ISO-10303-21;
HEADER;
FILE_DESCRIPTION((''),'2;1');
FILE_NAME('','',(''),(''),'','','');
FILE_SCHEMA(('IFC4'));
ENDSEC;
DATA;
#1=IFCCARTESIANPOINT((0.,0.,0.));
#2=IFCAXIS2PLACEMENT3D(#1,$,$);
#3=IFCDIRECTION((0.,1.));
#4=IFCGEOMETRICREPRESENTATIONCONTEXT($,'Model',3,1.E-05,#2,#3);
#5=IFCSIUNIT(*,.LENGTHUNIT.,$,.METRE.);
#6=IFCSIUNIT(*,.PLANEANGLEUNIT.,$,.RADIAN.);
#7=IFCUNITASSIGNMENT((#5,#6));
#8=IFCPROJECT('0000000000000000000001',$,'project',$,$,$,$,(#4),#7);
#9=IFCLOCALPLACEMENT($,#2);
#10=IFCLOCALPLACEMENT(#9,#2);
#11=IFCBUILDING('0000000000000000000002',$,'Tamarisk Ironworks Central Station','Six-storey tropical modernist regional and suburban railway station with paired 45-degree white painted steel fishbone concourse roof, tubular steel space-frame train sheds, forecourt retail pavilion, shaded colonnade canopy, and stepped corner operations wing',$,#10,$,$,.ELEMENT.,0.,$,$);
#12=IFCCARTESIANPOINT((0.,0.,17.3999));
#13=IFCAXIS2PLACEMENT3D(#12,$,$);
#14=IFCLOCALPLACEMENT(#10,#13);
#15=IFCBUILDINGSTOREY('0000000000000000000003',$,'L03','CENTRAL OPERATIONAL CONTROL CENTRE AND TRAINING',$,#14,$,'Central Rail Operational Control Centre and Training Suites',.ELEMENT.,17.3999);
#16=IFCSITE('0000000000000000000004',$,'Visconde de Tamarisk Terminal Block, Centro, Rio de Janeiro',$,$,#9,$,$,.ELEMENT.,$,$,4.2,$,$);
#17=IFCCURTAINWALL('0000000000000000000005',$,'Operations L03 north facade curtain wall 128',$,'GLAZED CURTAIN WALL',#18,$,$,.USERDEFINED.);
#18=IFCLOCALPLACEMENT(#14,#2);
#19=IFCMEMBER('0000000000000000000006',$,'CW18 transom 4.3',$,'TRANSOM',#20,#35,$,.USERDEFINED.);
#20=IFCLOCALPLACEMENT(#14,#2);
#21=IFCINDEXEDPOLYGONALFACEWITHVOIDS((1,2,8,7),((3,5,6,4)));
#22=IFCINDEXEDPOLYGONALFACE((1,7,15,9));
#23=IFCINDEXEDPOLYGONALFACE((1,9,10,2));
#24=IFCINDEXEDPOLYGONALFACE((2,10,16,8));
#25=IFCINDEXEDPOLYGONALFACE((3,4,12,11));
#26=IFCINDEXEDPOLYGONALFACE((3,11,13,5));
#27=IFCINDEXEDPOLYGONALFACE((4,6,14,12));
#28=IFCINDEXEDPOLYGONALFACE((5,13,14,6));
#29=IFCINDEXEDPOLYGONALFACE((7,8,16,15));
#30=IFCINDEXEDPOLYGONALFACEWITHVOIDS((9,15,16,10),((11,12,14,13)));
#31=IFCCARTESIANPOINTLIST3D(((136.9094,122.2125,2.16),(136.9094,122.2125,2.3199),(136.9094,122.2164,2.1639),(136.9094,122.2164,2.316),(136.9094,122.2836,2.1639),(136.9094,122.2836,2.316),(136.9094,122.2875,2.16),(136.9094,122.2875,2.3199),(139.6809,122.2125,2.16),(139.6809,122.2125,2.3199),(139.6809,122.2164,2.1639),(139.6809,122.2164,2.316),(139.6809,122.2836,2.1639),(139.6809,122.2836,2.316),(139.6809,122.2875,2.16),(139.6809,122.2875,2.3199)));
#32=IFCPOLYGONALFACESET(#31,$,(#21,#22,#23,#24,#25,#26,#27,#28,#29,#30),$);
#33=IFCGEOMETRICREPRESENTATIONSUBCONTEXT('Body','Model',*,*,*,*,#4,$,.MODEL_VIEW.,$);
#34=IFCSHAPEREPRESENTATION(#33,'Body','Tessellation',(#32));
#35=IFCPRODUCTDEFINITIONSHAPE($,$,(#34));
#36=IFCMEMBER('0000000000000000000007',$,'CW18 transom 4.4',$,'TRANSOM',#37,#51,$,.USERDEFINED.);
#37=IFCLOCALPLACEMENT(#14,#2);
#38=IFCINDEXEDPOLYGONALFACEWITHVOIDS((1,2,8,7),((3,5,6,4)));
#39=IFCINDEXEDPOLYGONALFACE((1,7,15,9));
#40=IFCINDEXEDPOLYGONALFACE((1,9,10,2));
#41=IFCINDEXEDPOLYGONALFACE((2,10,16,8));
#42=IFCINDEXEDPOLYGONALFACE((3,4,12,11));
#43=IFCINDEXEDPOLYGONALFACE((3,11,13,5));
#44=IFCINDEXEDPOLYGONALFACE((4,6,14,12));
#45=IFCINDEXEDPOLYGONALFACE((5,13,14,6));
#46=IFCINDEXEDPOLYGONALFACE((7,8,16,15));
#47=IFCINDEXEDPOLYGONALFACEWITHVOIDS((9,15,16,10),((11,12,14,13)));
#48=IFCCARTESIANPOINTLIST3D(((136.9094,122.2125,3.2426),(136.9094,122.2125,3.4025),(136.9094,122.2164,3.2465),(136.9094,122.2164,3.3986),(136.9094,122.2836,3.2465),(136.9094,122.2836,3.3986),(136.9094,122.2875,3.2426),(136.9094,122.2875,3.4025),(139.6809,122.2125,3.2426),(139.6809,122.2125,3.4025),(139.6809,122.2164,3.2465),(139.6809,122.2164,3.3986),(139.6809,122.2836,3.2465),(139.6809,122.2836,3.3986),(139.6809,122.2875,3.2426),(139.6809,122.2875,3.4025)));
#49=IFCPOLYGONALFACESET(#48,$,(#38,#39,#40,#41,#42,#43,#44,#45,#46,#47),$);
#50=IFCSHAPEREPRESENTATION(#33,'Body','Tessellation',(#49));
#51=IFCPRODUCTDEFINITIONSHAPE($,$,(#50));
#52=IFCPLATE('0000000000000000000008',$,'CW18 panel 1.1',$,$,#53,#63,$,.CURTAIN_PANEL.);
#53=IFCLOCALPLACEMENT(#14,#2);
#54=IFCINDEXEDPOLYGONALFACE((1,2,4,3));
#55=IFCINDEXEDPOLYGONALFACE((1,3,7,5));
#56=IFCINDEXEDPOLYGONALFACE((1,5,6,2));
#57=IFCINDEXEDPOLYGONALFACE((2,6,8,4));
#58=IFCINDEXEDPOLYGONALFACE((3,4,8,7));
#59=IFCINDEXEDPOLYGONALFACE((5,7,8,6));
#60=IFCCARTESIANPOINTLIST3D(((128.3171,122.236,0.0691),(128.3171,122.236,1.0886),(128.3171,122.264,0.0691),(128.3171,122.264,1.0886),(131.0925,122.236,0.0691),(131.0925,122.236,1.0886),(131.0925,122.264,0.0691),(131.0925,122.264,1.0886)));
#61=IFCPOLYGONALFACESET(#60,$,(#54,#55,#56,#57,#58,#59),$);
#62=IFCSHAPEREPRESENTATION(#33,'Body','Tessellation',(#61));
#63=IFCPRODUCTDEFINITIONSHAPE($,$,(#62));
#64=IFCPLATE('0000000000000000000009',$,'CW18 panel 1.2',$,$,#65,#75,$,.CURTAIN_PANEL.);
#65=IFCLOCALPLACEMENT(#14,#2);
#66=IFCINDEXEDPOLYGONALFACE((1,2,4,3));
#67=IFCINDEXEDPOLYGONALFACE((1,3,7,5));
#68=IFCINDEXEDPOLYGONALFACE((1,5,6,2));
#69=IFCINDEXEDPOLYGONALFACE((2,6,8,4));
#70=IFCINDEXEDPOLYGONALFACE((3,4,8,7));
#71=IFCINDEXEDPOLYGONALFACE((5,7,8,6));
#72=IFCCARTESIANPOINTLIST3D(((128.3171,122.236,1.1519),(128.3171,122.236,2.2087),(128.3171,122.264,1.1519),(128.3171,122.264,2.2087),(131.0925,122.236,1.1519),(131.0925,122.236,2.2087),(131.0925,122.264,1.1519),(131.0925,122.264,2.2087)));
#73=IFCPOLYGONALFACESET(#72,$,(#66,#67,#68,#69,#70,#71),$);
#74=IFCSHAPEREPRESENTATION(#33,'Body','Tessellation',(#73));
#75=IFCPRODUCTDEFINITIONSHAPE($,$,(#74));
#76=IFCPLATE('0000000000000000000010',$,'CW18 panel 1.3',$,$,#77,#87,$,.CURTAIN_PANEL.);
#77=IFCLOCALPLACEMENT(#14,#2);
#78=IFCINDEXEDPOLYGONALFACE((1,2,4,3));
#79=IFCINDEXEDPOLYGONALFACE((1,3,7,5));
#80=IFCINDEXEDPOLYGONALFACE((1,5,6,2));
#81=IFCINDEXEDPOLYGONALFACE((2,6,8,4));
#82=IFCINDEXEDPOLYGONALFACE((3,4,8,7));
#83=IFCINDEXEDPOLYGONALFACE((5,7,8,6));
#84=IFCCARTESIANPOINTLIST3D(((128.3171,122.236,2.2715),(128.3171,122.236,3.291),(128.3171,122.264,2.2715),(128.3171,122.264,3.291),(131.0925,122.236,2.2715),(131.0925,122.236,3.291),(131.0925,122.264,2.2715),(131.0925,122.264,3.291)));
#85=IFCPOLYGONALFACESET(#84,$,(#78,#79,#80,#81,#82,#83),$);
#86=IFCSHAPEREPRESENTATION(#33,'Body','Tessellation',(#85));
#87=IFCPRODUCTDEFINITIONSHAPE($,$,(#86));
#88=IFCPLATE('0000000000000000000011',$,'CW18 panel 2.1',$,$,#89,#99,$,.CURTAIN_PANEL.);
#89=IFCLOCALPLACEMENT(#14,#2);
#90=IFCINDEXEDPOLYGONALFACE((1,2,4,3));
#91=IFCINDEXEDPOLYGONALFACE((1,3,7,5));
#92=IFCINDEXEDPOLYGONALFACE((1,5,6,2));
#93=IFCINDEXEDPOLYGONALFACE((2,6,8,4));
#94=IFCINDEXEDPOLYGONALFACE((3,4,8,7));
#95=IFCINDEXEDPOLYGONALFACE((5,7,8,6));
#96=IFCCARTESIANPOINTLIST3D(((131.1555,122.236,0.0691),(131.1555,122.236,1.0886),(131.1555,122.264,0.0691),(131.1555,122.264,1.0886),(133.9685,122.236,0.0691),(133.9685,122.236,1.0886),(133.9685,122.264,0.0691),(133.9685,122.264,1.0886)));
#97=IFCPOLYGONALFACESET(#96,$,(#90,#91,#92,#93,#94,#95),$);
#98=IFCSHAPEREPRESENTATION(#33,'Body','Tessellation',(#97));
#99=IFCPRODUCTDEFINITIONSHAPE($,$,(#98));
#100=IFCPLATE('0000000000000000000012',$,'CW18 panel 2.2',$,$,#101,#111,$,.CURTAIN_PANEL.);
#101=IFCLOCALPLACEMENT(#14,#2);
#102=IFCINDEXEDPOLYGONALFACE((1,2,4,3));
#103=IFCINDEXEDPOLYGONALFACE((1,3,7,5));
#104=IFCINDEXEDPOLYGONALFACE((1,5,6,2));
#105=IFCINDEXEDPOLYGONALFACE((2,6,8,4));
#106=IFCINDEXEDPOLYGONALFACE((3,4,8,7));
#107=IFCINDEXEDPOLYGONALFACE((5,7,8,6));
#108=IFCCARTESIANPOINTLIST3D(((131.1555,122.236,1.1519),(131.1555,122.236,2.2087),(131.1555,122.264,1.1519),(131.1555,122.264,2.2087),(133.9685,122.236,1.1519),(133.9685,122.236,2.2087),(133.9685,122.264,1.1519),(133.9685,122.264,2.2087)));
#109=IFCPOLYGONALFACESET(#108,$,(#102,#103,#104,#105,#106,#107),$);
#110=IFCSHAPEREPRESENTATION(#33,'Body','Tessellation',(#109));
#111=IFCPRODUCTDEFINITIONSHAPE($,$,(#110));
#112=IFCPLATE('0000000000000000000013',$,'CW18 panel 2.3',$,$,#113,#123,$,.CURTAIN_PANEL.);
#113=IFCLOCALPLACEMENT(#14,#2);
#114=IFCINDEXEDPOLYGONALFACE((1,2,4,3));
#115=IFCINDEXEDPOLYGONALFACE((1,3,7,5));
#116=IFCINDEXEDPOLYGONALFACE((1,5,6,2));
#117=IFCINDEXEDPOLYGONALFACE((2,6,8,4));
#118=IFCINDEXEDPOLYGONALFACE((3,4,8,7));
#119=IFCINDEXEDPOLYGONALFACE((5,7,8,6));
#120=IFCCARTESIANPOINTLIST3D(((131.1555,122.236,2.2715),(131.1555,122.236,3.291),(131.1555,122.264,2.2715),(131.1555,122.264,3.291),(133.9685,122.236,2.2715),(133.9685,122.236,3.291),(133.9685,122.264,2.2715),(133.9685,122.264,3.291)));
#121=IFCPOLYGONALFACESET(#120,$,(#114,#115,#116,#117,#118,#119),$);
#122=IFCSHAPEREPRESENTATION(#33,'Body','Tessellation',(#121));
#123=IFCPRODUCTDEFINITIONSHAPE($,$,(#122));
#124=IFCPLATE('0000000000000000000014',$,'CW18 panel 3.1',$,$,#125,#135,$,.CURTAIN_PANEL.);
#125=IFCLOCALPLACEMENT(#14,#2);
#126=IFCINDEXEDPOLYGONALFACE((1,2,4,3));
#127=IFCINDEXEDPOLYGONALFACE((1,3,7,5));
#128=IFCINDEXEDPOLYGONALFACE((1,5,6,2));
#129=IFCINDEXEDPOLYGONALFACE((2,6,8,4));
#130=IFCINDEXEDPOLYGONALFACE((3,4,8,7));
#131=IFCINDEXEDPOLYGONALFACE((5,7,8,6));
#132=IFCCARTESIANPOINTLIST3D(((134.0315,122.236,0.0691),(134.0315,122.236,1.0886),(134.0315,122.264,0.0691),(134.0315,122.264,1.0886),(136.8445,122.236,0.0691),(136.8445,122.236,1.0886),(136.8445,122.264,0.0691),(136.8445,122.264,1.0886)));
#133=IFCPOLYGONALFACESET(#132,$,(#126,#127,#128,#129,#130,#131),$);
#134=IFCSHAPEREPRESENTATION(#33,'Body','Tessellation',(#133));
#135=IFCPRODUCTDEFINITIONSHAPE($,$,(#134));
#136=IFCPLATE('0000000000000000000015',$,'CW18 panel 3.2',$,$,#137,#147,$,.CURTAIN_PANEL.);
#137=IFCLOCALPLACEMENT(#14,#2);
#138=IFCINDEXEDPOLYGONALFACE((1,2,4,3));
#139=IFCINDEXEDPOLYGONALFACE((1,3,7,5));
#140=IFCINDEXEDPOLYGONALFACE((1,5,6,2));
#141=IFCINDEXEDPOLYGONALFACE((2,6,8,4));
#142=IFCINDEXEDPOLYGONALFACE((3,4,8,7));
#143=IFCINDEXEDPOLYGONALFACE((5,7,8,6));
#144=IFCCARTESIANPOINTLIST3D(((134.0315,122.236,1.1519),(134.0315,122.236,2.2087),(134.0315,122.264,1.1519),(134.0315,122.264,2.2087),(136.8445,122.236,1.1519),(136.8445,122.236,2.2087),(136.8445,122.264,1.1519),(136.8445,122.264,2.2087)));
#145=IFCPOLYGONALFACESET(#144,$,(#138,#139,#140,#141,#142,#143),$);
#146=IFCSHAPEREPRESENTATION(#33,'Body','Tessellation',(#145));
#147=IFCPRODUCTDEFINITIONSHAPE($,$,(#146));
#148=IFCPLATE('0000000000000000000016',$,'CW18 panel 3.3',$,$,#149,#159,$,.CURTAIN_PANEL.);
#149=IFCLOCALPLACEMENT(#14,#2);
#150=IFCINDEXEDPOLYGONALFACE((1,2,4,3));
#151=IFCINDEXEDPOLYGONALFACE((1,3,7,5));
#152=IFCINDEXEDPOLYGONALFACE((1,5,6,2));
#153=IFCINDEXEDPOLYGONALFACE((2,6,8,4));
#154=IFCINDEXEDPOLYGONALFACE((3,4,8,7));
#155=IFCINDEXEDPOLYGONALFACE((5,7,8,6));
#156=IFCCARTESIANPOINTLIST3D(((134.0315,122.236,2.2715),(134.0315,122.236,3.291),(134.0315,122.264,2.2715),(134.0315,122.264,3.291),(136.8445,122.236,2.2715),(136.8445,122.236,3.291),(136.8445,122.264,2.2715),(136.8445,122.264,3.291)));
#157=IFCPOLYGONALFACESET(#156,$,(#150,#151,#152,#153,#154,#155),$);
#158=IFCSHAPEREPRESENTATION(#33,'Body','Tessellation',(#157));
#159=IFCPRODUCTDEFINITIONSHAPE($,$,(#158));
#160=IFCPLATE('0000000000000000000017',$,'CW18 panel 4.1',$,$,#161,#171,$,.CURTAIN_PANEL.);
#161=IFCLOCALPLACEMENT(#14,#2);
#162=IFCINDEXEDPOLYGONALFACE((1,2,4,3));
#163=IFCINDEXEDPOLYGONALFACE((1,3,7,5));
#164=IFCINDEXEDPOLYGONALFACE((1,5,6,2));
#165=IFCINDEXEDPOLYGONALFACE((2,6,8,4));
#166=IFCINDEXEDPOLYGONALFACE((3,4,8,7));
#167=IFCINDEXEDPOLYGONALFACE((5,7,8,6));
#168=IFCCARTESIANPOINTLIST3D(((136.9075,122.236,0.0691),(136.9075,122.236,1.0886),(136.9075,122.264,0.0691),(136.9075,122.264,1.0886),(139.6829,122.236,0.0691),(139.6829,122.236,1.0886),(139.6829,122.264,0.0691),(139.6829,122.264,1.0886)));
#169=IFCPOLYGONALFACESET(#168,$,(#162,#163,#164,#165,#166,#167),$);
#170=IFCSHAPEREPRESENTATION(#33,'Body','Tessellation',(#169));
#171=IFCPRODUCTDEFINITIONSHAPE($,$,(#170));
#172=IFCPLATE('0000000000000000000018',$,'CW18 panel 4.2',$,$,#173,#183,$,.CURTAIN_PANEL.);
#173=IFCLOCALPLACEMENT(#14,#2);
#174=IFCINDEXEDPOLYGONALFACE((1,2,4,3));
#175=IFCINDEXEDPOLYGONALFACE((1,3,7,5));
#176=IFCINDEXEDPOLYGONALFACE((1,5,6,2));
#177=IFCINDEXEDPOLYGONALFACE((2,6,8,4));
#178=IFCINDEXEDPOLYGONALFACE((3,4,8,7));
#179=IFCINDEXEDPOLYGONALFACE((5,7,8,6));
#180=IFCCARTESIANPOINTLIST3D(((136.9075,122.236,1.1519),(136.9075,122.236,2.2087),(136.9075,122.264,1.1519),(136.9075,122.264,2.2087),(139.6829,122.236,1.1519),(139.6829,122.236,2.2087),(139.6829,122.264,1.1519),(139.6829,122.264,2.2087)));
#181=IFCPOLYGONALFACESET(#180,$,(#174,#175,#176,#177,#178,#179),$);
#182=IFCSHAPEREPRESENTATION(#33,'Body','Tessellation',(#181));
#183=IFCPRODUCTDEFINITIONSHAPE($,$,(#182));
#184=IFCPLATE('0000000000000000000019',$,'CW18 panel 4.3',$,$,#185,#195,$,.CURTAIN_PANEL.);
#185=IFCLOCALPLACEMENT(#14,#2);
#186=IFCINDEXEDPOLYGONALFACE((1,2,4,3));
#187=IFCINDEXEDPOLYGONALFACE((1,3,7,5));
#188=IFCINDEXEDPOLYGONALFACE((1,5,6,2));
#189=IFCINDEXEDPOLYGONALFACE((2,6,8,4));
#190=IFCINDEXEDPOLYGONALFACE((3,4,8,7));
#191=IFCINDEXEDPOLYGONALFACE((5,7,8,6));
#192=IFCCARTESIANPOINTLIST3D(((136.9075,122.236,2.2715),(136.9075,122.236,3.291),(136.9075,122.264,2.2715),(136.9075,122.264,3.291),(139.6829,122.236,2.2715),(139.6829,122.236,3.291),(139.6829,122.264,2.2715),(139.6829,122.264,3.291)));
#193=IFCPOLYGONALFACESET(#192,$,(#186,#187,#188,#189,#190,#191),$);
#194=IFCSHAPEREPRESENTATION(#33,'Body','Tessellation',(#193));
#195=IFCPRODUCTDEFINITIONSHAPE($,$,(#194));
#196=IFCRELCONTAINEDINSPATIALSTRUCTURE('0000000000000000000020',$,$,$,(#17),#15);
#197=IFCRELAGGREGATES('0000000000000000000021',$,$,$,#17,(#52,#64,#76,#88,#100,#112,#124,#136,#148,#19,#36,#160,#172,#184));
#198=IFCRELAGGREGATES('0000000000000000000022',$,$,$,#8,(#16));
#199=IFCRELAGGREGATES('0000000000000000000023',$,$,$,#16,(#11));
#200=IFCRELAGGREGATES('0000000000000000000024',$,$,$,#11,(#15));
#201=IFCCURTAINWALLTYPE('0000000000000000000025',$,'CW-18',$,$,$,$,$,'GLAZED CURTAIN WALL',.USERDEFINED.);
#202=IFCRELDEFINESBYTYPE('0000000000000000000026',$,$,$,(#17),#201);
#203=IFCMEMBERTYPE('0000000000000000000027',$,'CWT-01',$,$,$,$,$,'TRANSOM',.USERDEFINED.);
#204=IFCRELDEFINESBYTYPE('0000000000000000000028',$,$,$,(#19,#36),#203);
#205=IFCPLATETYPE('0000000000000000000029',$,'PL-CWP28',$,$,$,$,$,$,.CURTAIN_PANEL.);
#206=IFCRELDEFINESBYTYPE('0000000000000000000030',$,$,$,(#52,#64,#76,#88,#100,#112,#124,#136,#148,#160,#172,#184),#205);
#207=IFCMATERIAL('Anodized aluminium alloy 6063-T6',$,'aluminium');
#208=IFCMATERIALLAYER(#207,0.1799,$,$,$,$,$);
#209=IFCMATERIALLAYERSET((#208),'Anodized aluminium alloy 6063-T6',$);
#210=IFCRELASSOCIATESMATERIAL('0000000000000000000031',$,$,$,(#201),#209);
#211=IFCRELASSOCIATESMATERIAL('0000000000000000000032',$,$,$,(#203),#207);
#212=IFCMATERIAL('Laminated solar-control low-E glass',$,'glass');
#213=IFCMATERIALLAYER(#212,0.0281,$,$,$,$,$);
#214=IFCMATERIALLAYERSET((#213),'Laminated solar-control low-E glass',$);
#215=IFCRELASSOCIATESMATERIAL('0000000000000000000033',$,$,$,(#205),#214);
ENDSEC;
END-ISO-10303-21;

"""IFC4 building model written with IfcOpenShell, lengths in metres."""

from ifc_helpers import new_model, si_unit, direction, frame, origin, origin_2d, place, context, subcontext, project, spatial, rectangle, hollow_rectangle, extrude, material, layer, layer_set, material_profile, profile_set, type_object, element, aggregate, save


model = new_model("IFC4")

# Units and contexts
model_context = context("Model", 3, precision=1e-05, world=origin(), true_north=direction((0.0, 1.0)))
body_context = subcontext(model_context, "Body", "Model", "MODEL_VIEW")
ifc_project = project(units=[si_unit("LENGTHUNIT", "METRE"), si_unit("PLANEANGLEUNIT", "RADIAN")], contexts=[model_context])

# Site, building, storey
site_placement = place(None, origin())
site = spatial("IfcSite", under=ifc_project, at=site_placement, Name="Visconde de Tamarisk Terminal Block, Centro, Rio de Janeiro", CompositionType="ELEMENT", RefElevation=4.2)
building_placement = place(site_placement, origin())
building = spatial("IfcBuilding", under=site, at=building_placement, Name="Tamarisk Ironworks Central Station", Description="Six-storey tropical modernist regional and suburban railway station with paired 45-degree white painted steel fishbone concourse roof, tubular steel space-frame train sheds, forecourt retail pavilion, shaded colonnade canopy, and stepped corner operations wing", CompositionType="ELEMENT", ElevationOfRefHeight=0.0)
storey_placement = place(building_placement, frame((0.0, 0.0, 17.3999)))
storey = spatial("IfcBuildingStorey", under=building, at=storey_placement, Name="L03", Description="CENTRAL OPERATIONAL CONTROL CENTRE AND TRAINING", LongName="Central Rail Operational Control Centre and Training Suites", CompositionType="ELEMENT", Elevation=17.3999)

# Curtain wall, members, plates
ifc_material_1 = material(Name="Anodized aluminium alloy 6063-T6", Category="aluminium")
ifc_layer_1 = layer(ifc_material_1, 0.1799)
ifc_layer_set_1 = layer_set([ifc_layer_1], Name="Anodized aluminium alloy 6063-T6")
curtain_wall_type = type_object("IfcCurtainWallType", Name="CW-18", ElementType="GLAZED CURTAIN WALL", PredefinedType="USERDEFINED", material=ifc_layer_set_1)
curtain_wall_placement = place(storey_placement, origin())
curtain_wall = element("IfcCurtainWall", 1, at=curtain_wall_placement, inside=storey, type_object=curtain_wall_type, Name="Operations L03 north facade curtain wall 128", ObjectType="GLAZED CURTAIN WALL", PredefinedType="USERDEFINED")
ifc_material_profile_1 = material_profile(ifc_material_1, hollow_rectangle(XDim=0.075, YDim=0.1599, WallThickness=0.0039, at=origin_2d()), Name="ALUM 160x75")
ifc_profile_set_1 = profile_set([ifc_material_profile_1], Name="Anodized aluminium alloy 6063-T6")
member_type_1 = type_object("IfcMemberType", Name="CWT-01", ElementType="TRANSOM", PredefinedType="USERDEFINED", material=ifc_profile_set_1)
member_1_placement = place(storey_placement, frame((136.9094, 122.25, 2.24), z_axis=(1.0, 0.0, 0.0), x_axis=(0.0, 1.0, 0.0)))
member_1 = element("IfcMember", 2, at=member_1_placement, type_object=member_type_1, Name="CW18 transom 4.3", ObjectType="TRANSOM", PredefinedType="USERDEFINED", context=body_context, shape_type="SweptSolid", body=[
    extrude(hollow_rectangle(XDim=0.075, YDim=0.1599, WallThickness=0.0039, at=origin_2d()), origin(), (0.0, 0.0, 1.0), 2.7715),
])
member_2_placement = place(storey_placement, frame((136.9094, 122.25, 3.3225), z_axis=(1.0, 0.0, 0.0), x_axis=(0.0, 1.0, 0.0)))
member_2 = element("IfcMember", 3, at=member_2_placement, type_object=member_type_1, Name="CW18 transom 4.4", ObjectType="TRANSOM", PredefinedType="USERDEFINED", context=body_context, shape_type="SweptSolid", body=[
    extrude(hollow_rectangle(XDim=0.075, YDim=0.1599, WallThickness=0.0039, at=origin_2d()), origin(), (0.0, 0.0, 1.0), 2.7715),
])
ifc_material_2 = material(Name="Laminated solar-control low-E glass", Category="glass")
ifc_layer_2 = layer(ifc_material_2, 0.0281)
ifc_layer_set_2 = layer_set([ifc_layer_2], Name="Laminated solar-control low-E glass")
plate_type = type_object("IfcPlateType", Name="PL-CWP28", PredefinedType="CURTAIN_PANEL", material=ifc_layer_set_2)
plate_1_placement = place(storey_placement, frame((129.7048, 122.25, 0.0691), z_axis=(0.0, 0.0, 1.0), x_axis=(1.0, 0.0, 0.0)))
plate_1 = element("IfcPlate", 4, at=plate_1_placement, type_object=plate_type, Name="CW18 panel 1.1", PredefinedType="CURTAIN_PANEL", context=body_context, shape_type="SweptSolid", body=[
    extrude(rectangle(XDim=2.7754, YDim=0.0281, at=origin_2d()), origin(), (0.0, 0.0, 1.0), 1.0195),
])
plate_2_placement = place(storey_placement, frame((129.7048, 122.25, 1.1519), z_axis=(0.0, 0.0, 1.0), x_axis=(1.0, 0.0, 0.0)))
plate_2 = element("IfcPlate", 5, at=plate_2_placement, type_object=plate_type, Name="CW18 panel 1.2", PredefinedType="CURTAIN_PANEL", context=body_context, shape_type="SweptSolid", body=[
    extrude(rectangle(XDim=2.7754, YDim=0.0281, at=origin_2d()), origin(), (0.0, 0.0, 1.0), 1.0569),
])
plate_3_placement = place(storey_placement, frame((129.7048, 122.25, 2.2715), z_axis=(0.0, 0.0, 1.0), x_axis=(1.0, 0.0, 0.0)))
plate_3 = element("IfcPlate", 6, at=plate_3_placement, type_object=plate_type, Name="CW18 panel 1.3", PredefinedType="CURTAIN_PANEL", context=body_context, shape_type="SweptSolid", body=[
    extrude(rectangle(XDim=2.7754, YDim=0.0281, at=origin_2d()), origin(), (0.0, 0.0, 1.0), 1.0195),
])
plate_4_placement = place(storey_placement, frame((132.562, 122.25, 0.0691), z_axis=(0.0, 0.0, 1.0), x_axis=(1.0, 0.0, 0.0)))
plate_4 = element("IfcPlate", 7, at=plate_4_placement, type_object=plate_type, Name="CW18 panel 2.1", PredefinedType="CURTAIN_PANEL", context=body_context, shape_type="SweptSolid", body=[
    extrude(rectangle(XDim=2.813, YDim=0.0281, at=origin_2d()), origin(), (0.0, 0.0, 1.0), 1.0195),
])
plate_5_placement = place(storey_placement, frame((132.562, 122.25, 1.1519), z_axis=(0.0, 0.0, 1.0), x_axis=(1.0, 0.0, 0.0)))
plate_5 = element("IfcPlate", 8, at=plate_5_placement, type_object=plate_type, Name="CW18 panel 2.2", PredefinedType="CURTAIN_PANEL", context=body_context, shape_type="SweptSolid", body=[
    extrude(rectangle(XDim=2.813, YDim=0.0281, at=origin_2d()), origin(), (0.0, 0.0, 1.0), 1.0569),
])
plate_6_placement = place(storey_placement, frame((132.562, 122.25, 2.2715), z_axis=(0.0, 0.0, 1.0), x_axis=(1.0, 0.0, 0.0)))
plate_6 = element("IfcPlate", 9, at=plate_6_placement, type_object=plate_type, Name="CW18 panel 2.3", PredefinedType="CURTAIN_PANEL", context=body_context, shape_type="SweptSolid", body=[
    extrude(rectangle(XDim=2.813, YDim=0.0281, at=origin_2d()), origin(), (0.0, 0.0, 1.0), 1.0195),
])
plate_7_placement = place(storey_placement, frame((135.438, 122.25, 0.0691), z_axis=(0.0, 0.0, 1.0), x_axis=(1.0, 0.0, 0.0)))
plate_7 = element("IfcPlate", 10, at=plate_7_placement, type_object=plate_type, Name="CW18 panel 3.1", PredefinedType="CURTAIN_PANEL", context=body_context, shape_type="SweptSolid", body=[
    extrude(rectangle(XDim=2.813, YDim=0.0281, at=origin_2d()), origin(), (0.0, 0.0, 1.0), 1.0195),
])
plate_8_placement = place(storey_placement, frame((135.438, 122.25, 1.1519), z_axis=(0.0, 0.0, 1.0), x_axis=(1.0, 0.0, 0.0)))
plate_8 = element("IfcPlate", 11, at=plate_8_placement, type_object=plate_type, Name="CW18 panel 3.2", PredefinedType="CURTAIN_PANEL", context=body_context, shape_type="SweptSolid", body=[
    extrude(rectangle(XDim=2.813, YDim=0.0281, at=origin_2d()), origin(), (0.0, 0.0, 1.0), 1.0569),
])
plate_9_placement = place(storey_placement, frame((135.438, 122.25, 2.2715), z_axis=(0.0, 0.0, 1.0), x_axis=(1.0, 0.0, 0.0)))
plate_9 = element("IfcPlate", 12, at=plate_9_placement, type_object=plate_type, Name="CW18 panel 3.3", PredefinedType="CURTAIN_PANEL", context=body_context, shape_type="SweptSolid", body=[
    extrude(rectangle(XDim=2.813, YDim=0.0281, at=origin_2d()), origin(), (0.0, 0.0, 1.0), 1.0195),
])
plate_10_placement = place(storey_placement, frame((138.2952, 122.25, 0.0691), z_axis=(0.0, 0.0, 1.0), x_axis=(1.0, 0.0, 0.0)))
plate_10 = element("IfcPlate", 13, at=plate_10_placement, type_object=plate_type, Name="CW18 panel 4.1", PredefinedType="CURTAIN_PANEL", context=body_context, shape_type="SweptSolid", body=[
    extrude(rectangle(XDim=2.7754, YDim=0.0281, at=origin_2d()), origin(), (0.0, 0.0, 1.0), 1.0195),
])
plate_11_placement = place(storey_placement, frame((138.2952, 122.25, 1.1519), z_axis=(0.0, 0.0, 1.0), x_axis=(1.0, 0.0, 0.0)))
plate_11 = element("IfcPlate", 14, at=plate_11_placement, type_object=plate_type, Name="CW18 panel 4.2", PredefinedType="CURTAIN_PANEL", context=body_context, shape_type="SweptSolid", body=[
    extrude(rectangle(XDim=2.7754, YDim=0.0281, at=origin_2d()), origin(), (0.0, 0.0, 1.0), 1.0569),
])
plate_12_placement = place(storey_placement, frame((138.2952, 122.25, 2.2715), z_axis=(0.0, 0.0, 1.0), x_axis=(1.0, 0.0, 0.0)))
plate_12 = element("IfcPlate", 15, at=plate_12_placement, type_object=plate_type, Name="CW18 panel 4.3", PredefinedType="CURTAIN_PANEL", context=body_context, shape_type="SweptSolid", body=[
    extrude(rectangle(XDim=2.7754, YDim=0.0281, at=origin_2d()), origin(), (0.0, 0.0, 1.0), 1.0195),
])
aggregate(curtain_wall, [plate_1, plate_2, plate_3, plate_4, plate_5, plate_6, plate_7, plate_8, plate_9, member_1, member_2, plate_10, plate_11, plate_12])

save(model, "model.ifc")
